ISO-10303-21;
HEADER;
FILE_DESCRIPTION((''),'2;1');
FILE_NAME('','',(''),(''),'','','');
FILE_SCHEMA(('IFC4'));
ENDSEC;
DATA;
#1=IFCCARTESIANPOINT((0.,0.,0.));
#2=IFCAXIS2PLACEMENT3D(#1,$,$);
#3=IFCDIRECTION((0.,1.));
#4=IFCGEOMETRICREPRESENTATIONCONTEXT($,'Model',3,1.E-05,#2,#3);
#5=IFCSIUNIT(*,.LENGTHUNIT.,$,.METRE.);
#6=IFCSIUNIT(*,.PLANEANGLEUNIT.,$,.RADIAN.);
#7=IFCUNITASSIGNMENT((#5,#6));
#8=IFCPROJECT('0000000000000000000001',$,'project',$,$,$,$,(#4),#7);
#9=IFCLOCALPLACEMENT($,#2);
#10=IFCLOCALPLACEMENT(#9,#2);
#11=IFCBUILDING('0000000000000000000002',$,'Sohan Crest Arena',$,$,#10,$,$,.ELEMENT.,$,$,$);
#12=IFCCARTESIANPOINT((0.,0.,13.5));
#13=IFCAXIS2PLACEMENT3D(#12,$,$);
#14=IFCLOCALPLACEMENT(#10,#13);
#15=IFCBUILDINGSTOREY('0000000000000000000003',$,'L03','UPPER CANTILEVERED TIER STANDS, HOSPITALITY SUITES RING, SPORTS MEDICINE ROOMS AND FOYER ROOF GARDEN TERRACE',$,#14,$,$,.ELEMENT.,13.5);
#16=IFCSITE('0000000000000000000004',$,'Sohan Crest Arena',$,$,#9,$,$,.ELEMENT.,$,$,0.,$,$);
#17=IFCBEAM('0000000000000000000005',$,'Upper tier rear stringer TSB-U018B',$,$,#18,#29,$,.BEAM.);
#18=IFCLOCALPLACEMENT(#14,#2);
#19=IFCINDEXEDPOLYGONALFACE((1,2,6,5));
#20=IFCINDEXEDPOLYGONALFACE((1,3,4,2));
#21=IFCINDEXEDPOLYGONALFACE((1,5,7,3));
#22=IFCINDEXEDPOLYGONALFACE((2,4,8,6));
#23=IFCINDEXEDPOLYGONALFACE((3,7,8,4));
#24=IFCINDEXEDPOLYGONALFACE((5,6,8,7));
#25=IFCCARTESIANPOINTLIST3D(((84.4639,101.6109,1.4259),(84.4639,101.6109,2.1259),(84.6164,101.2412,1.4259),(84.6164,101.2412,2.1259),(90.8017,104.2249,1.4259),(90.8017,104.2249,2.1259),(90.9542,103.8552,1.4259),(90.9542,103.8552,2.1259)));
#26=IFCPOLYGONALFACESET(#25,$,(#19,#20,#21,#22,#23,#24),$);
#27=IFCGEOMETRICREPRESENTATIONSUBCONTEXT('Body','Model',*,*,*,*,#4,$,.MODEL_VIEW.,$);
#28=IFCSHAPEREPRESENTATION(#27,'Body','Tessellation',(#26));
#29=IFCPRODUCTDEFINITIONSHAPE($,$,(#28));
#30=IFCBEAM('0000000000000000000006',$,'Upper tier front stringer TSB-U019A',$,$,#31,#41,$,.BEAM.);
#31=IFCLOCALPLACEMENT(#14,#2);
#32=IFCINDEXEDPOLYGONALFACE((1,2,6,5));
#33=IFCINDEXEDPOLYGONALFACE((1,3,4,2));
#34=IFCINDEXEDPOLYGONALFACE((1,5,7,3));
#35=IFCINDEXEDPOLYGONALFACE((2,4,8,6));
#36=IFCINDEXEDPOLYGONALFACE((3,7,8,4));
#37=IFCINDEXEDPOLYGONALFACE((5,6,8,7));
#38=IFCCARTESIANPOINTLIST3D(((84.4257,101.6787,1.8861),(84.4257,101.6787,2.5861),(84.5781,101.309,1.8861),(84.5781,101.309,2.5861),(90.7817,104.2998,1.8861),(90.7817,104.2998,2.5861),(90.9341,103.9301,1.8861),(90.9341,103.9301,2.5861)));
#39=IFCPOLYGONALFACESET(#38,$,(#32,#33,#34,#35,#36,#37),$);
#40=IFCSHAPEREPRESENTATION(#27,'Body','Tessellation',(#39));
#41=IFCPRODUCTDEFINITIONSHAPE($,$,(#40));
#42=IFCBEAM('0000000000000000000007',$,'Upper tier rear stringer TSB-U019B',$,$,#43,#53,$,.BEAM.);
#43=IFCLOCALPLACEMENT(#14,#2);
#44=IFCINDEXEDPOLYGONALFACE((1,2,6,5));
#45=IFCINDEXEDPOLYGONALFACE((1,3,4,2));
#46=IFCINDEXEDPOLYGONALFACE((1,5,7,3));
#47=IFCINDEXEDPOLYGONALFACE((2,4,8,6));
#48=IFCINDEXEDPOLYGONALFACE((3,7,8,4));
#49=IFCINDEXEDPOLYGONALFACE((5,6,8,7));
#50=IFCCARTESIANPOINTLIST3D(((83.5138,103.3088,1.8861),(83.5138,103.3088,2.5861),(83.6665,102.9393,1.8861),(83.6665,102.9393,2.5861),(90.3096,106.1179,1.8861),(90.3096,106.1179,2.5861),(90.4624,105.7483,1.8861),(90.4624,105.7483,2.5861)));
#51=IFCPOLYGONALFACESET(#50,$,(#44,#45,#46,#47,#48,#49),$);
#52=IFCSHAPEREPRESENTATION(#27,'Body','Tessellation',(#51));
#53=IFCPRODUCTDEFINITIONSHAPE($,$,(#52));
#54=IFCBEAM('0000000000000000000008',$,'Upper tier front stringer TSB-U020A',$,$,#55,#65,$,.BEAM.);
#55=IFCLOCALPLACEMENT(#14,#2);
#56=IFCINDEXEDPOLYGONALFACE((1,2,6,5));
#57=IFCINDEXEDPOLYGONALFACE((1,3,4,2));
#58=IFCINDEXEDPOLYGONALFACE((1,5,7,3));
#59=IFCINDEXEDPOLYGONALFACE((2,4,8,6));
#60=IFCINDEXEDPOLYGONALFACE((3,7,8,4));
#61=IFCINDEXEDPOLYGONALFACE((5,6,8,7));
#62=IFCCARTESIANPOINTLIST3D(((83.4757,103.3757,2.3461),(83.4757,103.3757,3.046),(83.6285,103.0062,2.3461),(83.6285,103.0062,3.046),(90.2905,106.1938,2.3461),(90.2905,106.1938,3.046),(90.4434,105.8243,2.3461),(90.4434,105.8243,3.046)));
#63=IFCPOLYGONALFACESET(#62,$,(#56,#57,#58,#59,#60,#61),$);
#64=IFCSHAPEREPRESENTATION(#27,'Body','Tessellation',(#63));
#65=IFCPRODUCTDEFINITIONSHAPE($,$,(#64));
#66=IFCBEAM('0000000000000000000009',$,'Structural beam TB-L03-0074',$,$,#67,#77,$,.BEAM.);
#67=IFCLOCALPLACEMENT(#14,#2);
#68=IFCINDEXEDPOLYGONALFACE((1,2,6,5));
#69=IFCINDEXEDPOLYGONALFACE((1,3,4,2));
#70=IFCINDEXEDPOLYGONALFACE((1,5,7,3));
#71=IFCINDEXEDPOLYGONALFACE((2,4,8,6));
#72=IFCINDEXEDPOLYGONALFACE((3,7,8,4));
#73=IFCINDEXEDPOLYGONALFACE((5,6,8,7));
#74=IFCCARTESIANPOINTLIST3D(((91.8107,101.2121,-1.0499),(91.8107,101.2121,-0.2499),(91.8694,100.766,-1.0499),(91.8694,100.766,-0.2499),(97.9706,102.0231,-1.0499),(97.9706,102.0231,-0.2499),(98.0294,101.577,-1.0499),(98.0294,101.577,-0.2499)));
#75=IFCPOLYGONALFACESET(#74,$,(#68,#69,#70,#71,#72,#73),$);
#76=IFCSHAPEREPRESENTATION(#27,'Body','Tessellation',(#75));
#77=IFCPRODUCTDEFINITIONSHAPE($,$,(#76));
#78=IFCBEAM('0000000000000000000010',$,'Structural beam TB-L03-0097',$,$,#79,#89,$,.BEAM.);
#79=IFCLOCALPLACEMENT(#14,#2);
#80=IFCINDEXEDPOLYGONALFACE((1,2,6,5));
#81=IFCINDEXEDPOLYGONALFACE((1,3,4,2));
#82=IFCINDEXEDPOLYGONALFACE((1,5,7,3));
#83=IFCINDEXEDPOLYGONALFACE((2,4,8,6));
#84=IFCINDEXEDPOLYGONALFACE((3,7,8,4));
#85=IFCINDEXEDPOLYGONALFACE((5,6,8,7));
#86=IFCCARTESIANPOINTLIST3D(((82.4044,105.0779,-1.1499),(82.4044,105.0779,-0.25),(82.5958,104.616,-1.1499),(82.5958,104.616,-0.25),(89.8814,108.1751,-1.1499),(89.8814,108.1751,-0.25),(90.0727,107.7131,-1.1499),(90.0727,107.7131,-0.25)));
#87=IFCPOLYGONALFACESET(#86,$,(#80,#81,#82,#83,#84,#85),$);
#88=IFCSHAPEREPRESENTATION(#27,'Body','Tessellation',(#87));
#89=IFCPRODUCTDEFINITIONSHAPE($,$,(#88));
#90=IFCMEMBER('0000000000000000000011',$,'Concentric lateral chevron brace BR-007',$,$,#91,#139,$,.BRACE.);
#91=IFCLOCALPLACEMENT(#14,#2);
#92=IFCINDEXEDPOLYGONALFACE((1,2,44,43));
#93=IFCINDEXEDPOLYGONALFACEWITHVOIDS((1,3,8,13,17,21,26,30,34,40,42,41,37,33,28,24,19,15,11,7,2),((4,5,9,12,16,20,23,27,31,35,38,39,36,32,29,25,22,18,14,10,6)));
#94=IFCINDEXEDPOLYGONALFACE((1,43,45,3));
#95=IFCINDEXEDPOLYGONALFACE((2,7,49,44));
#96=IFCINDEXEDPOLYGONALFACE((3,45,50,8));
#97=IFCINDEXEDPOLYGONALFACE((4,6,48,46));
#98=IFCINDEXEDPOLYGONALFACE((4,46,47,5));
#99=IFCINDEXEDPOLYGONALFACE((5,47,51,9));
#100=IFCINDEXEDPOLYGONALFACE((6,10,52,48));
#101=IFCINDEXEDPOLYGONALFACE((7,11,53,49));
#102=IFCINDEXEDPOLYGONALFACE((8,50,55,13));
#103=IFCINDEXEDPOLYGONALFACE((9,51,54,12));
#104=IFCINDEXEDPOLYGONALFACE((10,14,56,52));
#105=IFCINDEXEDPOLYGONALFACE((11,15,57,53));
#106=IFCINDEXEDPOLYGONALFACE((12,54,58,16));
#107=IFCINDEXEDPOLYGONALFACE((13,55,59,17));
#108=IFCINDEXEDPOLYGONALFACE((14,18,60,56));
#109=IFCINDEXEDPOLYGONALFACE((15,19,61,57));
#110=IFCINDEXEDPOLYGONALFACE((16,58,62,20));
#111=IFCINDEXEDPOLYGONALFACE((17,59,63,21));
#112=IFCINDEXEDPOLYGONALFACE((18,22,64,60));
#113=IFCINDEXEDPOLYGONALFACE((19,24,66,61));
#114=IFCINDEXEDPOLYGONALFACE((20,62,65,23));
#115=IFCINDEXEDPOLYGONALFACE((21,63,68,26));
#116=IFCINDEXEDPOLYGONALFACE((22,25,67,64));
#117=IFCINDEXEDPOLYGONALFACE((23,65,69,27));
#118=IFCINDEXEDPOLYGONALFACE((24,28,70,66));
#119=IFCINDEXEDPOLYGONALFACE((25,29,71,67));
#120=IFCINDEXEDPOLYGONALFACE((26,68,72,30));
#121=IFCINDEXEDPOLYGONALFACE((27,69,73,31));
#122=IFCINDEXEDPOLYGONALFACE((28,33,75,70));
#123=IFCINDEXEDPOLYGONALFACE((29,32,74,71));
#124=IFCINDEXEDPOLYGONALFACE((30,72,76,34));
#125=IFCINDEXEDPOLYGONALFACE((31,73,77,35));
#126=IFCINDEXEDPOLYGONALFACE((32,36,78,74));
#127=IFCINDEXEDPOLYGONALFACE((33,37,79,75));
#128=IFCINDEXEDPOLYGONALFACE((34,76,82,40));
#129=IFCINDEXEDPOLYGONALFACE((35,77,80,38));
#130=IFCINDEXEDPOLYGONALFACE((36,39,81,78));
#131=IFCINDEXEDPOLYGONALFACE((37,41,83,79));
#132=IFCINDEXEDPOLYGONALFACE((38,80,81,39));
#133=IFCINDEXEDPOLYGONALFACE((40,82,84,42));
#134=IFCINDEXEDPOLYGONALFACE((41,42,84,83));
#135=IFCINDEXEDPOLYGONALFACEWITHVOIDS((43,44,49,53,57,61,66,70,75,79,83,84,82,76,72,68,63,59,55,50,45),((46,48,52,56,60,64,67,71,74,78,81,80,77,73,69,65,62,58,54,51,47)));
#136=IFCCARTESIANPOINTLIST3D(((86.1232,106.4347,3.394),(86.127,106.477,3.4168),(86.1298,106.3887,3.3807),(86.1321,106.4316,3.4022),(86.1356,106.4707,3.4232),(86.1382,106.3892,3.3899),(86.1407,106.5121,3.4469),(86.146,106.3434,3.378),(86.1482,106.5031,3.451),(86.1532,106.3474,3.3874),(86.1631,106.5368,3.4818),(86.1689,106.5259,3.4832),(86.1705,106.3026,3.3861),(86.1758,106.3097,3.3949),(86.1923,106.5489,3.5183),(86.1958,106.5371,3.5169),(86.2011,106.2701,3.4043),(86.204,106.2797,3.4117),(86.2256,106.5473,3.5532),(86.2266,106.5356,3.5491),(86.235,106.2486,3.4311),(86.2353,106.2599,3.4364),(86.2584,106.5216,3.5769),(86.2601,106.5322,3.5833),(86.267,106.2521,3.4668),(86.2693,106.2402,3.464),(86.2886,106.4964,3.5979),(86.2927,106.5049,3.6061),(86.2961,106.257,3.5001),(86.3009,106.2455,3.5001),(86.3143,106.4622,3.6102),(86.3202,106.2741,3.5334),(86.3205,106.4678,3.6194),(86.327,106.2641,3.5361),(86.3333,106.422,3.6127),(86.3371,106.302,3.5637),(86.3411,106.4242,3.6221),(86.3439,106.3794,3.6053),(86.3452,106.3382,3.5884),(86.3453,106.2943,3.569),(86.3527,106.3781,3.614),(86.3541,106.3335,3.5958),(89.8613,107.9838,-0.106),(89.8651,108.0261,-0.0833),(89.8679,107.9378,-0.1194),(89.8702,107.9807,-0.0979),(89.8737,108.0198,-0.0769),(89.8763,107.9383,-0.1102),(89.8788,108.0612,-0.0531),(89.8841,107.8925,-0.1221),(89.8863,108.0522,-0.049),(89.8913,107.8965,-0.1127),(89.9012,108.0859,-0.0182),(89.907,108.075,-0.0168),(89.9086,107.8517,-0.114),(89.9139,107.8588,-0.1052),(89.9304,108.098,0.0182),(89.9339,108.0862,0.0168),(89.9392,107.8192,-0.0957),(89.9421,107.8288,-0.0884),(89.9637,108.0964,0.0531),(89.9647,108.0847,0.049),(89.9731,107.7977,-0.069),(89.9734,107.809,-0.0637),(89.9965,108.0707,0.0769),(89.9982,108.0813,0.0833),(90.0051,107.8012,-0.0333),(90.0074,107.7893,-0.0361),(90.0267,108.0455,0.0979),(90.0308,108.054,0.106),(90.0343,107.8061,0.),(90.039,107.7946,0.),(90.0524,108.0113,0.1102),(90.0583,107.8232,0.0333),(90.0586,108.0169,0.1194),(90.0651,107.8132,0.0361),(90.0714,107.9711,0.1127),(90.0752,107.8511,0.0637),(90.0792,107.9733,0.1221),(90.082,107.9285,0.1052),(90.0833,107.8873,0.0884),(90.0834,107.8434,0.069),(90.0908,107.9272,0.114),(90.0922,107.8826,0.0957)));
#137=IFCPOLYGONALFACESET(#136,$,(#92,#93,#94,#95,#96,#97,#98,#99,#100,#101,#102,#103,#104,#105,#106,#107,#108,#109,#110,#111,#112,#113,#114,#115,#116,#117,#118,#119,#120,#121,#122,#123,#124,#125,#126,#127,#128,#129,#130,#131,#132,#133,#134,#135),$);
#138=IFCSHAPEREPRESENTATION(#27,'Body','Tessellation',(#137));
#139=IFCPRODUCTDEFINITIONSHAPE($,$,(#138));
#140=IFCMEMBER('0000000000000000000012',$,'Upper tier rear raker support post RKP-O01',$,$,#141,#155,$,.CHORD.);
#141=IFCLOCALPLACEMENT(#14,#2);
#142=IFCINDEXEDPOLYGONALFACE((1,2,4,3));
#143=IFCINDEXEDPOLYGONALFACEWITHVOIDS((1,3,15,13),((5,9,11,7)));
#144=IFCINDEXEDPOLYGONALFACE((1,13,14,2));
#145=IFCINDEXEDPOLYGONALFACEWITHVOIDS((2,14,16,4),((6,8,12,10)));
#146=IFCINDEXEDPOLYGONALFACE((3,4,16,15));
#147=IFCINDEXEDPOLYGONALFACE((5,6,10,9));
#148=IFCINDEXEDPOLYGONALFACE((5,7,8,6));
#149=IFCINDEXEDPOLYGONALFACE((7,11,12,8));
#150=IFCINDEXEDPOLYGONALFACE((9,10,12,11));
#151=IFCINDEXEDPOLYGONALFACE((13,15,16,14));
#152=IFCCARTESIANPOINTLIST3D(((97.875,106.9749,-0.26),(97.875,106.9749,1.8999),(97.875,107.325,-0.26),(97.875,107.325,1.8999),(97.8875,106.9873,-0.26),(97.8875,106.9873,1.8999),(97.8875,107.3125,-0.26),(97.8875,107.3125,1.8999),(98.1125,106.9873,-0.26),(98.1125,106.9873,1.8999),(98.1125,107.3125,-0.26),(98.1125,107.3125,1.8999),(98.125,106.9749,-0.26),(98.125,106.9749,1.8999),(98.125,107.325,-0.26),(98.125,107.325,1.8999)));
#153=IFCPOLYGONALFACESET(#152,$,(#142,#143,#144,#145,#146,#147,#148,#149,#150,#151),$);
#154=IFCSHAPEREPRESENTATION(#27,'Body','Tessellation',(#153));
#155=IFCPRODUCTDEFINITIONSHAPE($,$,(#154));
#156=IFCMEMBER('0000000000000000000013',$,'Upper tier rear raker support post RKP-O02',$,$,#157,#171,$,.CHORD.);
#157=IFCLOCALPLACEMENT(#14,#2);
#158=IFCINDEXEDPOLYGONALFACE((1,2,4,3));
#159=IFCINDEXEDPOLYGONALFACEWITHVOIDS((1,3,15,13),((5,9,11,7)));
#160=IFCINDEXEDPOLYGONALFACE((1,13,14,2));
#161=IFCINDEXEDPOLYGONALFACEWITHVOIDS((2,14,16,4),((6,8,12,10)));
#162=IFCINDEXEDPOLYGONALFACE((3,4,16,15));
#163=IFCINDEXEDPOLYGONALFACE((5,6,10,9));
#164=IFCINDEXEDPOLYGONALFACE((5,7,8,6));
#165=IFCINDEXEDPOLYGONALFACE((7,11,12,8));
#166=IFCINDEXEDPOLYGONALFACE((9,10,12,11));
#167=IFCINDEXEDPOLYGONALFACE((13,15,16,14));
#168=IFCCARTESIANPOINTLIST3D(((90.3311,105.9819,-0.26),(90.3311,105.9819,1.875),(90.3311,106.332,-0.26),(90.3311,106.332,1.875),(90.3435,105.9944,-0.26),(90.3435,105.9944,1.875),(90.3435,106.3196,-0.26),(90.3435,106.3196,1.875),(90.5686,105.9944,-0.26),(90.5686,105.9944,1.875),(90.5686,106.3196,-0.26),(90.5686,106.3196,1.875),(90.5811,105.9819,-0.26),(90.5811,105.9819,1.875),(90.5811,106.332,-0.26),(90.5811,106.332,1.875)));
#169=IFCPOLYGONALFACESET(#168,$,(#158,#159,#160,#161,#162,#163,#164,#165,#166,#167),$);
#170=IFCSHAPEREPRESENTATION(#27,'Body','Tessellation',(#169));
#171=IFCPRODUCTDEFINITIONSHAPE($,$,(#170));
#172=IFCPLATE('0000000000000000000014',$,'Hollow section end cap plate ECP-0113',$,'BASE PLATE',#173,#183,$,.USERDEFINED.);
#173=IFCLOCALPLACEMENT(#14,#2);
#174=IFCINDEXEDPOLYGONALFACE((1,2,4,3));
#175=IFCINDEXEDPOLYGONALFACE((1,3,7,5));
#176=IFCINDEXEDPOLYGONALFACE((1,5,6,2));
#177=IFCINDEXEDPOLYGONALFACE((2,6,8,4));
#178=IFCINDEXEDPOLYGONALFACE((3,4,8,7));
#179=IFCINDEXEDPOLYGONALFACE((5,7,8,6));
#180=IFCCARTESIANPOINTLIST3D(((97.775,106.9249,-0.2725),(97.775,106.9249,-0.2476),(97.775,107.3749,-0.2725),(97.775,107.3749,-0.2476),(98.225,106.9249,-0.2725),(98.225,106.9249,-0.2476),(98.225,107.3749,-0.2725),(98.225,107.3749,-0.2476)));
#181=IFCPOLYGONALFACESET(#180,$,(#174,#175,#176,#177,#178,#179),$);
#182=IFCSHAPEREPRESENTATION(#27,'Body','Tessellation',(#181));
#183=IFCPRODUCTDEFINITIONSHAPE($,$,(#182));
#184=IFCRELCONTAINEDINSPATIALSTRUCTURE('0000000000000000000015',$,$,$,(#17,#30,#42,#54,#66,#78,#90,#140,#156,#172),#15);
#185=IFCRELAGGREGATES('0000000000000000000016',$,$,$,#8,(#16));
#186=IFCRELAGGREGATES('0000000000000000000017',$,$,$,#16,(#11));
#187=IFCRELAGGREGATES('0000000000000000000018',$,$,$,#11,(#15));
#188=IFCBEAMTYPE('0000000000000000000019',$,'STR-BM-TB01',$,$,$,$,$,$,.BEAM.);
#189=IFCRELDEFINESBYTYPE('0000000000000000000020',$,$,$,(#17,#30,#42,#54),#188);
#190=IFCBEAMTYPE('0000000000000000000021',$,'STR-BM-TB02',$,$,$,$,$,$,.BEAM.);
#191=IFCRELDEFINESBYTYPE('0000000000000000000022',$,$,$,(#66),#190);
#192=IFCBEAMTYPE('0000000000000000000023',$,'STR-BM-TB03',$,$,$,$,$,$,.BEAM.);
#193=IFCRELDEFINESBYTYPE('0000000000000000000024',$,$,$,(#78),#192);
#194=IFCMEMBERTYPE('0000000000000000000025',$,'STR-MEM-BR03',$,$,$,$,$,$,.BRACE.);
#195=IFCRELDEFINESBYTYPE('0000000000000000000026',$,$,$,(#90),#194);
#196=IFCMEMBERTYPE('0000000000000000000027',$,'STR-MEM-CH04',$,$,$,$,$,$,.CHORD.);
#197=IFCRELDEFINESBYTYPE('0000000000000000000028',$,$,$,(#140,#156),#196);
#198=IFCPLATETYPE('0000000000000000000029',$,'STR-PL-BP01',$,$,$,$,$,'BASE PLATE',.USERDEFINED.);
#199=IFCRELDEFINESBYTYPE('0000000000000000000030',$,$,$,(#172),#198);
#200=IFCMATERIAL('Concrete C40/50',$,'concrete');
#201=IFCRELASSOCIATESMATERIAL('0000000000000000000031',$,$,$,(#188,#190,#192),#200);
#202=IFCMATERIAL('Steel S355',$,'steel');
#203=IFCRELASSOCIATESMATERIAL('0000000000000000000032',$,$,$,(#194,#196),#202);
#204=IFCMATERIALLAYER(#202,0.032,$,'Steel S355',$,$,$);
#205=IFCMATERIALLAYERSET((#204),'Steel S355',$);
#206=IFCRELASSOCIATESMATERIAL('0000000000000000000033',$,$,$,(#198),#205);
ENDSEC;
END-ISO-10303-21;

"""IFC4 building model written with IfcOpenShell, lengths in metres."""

from ifc_helpers import new_model, si_unit, direction, frame, origin, origin_2d, place, context, subcontext, project, spatial, rectangle, hollow_rectangle, hollow_circle, extrude, material, layer, layer_set, material_profile, profile_set, type_object, element, save


model = new_model("IFC4")

# Units and contexts
model_context = context("Model", 3, precision=1e-05, world=origin(), true_north=direction((0.0, 1.0)))
body_context = subcontext(model_context, "Body", "Model", "MODEL_VIEW")
ifc_project = project(units=[si_unit("LENGTHUNIT", "METRE"), si_unit("PLANEANGLEUNIT", "RADIAN")], contexts=[model_context])

# Site, building, storey
site_placement = place(None, origin())
site = spatial("IfcSite", under=ifc_project, at=site_placement, Name="Sohan Crest Arena", CompositionType="ELEMENT", RefElevation=0.0)
building_placement = place(site_placement, origin())
building = spatial("IfcBuilding", under=site, at=building_placement, Name="Sohan Crest Arena", CompositionType="ELEMENT")
storey_placement = place(building_placement, frame((0.0, 0.0, 13.5)))
storey = spatial("IfcBuildingStorey", under=building, at=storey_placement, Name="L03", Description="UPPER CANTILEVERED TIER STANDS, HOSPITALITY SUITES RING, SPORTS MEDICINE ROOMS AND FOYER ROOF GARDEN TERRACE", CompositionType="ELEMENT", Elevation=13.5)

# Shared definitions
ifc_material_1 = material(Name="Concrete C40/50", Category="concrete")

# Beams
ifc_material_2 = material(Name="Steel S355", Category="steel")
ifc_material_profile_1 = material_profile(ifc_material_1, rectangle(XDim=0.3999, YDim=0.7, at=origin_2d()), Name="RC-BM 400x700")
ifc_profile_set_1 = profile_set([ifc_material_profile_1], Name="Concrete C40/50")
beam_type_1 = type_object("IfcBeamType", Name="STR-BM-TB01", PredefinedType="BEAM", material=ifc_profile_set_1)
beam_1_placement = place(storey_placement, frame((90.8779, 104.04, 1.7759), z_axis=(-0.924457, -0.381285, 0.0), x_axis=(0.381285, -0.924457, 0.0)))
element("IfcBeam", 1, at=beam_1_placement, inside=storey, type_object=beam_type_1, Name="Upper tier rear stringer TSB-U018B", PredefinedType="BEAM", context=body_context, shape_type="SweptSolid", body=[
    extrude(rectangle(XDim=0.3999, YDim=0.7, at=origin_2d()), origin(), (0.0, 0.0, 1.0), 6.8557),
])
beam_2_placement = place(storey_placement, frame((90.8579, 104.115, 2.2361), z_axis=(-0.924476, -0.381239, 0.0), x_axis=(0.381239, -0.924476, 0.0)))
element("IfcBeam", 2, at=beam_2_placement, inside=storey, type_object=beam_type_1, Name="Upper tier front stringer TSB-U019A", PredefinedType="BEAM", context=body_context, shape_type="SweptSolid", body=[
    extrude(rectangle(XDim=0.3999, YDim=0.7, at=origin_2d()), origin(), (0.0, 0.0, 1.0), 6.8752),
])
beam_3_placement = place(storey_placement, frame((90.386, 105.9331, 2.2361), z_axis=(-0.924162, -0.382002, 0.0), x_axis=(0.382002, -0.924162, 0.0)))
element("IfcBeam", 3, at=beam_3_placement, inside=storey, type_object=beam_type_1, Name="Upper tier rear stringer TSB-U019B", PredefinedType="BEAM", context=body_context, shape_type="SweptSolid", body=[
    extrude(rectangle(XDim=0.3999, YDim=0.7, at=origin_2d()), origin(), (0.0, 0.0, 1.0), 7.3535),
])
beam_4_placement = place(storey_placement, frame((90.3669, 106.009, 2.696), z_axis=(-0.924106, -0.382136, 0.0), x_axis=(0.382136, -0.924106, 0.0)))
element("IfcBeam", 4, at=beam_4_placement, inside=storey, type_object=beam_type_1, Name="Upper tier front stringer TSB-U020A", PredefinedType="BEAM", context=body_context, shape_type="SweptSolid", body=[
    extrude(rectangle(XDim=0.3999, YDim=0.7, at=origin_2d()), origin(), (0.0, 0.0, 1.0), 7.3745),
])
ifc_material_profile_2 = material_profile(ifc_material_1, rectangle(XDim=0.45, YDim=0.8, at=origin_2d()), Name="RC-BM 450x800")
ifc_profile_set_2 = profile_set([ifc_material_profile_2], Name="Concrete C40/50")
beam_type_2 = type_object("IfcBeamType", Name="STR-BM-TB02", PredefinedType="BEAM", material=ifc_profile_set_2)
beam_5_placement = place(storey_placement, frame((98.0, 101.8, -0.6499), z_axis=(-0.991443, -0.130537, 0.0), x_axis=(0.130537, -0.991443, 0.0)))
element("IfcBeam", 5, at=beam_5_placement, inside=storey, type_object=beam_type_2, Name="Structural beam TB-L03-0074", PredefinedType="BEAM", context=body_context, shape_type="SweptSolid", body=[
    extrude(rectangle(XDim=0.45, YDim=0.8, at=origin_2d()), origin(), (0.0, 0.0, 1.0), 6.2131),
])
ifc_material_profile_3 = material_profile(ifc_material_1, rectangle(XDim=0.5, YDim=0.8999, at=origin_2d()), Name="RC-BM 500x900")
ifc_profile_set_3 = profile_set([ifc_material_profile_3], Name="Concrete C40/50")
beam_type_3 = type_object("IfcBeamType", Name="STR-BM-TB03", PredefinedType="BEAM", material=ifc_profile_set_3)
beam_6_placement = place(storey_placement, frame((89.9771, 107.9441, -0.7), z_axis=(-0.923876, -0.382691, 0.0), x_axis=(0.382691, -0.923876, 0.0)))
element("IfcBeam", 6, at=beam_6_placement, inside=storey, type_object=beam_type_3, Name="Structural beam TB-L03-0097", PredefinedType="BEAM", context=body_context, shape_type="SweptSolid", body=[
    extrude(rectangle(XDim=0.5, YDim=0.8999, at=origin_2d()), origin(), (0.0, 0.0, 1.0), 8.093),
])

# Members
ifc_material_profile_4 = material_profile(ifc_material_2, hollow_circle(Radius=0.1619, WallThickness=0.0125, at=origin_2d()), Name="CHS 323.9x12.5")
ifc_profile_set_4 = profile_set([ifc_material_profile_4], Name="Steel S355")
member_type_1 = type_object("IfcMemberType", Name="STR-MEM-BR03", PredefinedType="BRACE", material=ifc_profile_set_4)
member_1_placement = place(storey_placement, frame((89.9771, 107.9441, 0.0), z_axis=(-0.698698, -0.289546, 0.654205), x_axis=(0.382837, -0.923816, 0.0)))
element("IfcMember", 7, at=member_1_placement, inside=storey, type_object=member_type_1, Name="Concentric lateral chevron brace BR-007", PredefinedType="BRACE", context=body_context, shape_type="SweptSolid", body=[
    extrude(hollow_circle(Radius=0.1619, WallThickness=0.0125, at=origin_2d()), origin(), (0.0, 0.0, 1.0), 5.3501),
])
ifc_material_profile_5 = material_profile(ifc_material_2, hollow_rectangle(XDim=0.25, YDim=0.3501, WallThickness=0.0125, at=origin_2d()), Name="RHS 350x250x12.5")
ifc_profile_set_5 = profile_set([ifc_material_profile_5], Name="Steel S355")
member_type_2 = type_object("IfcMemberType", Name="STR-MEM-CH04", PredefinedType="CHORD", material=ifc_profile_set_5)
member_2_placement = place(storey_placement, frame((98.0, 107.1499, -0.26), z_axis=(0.0, 0.0, 1.0), x_axis=(1.0, 0.0, 0.0)))
element("IfcMember", 8, at=member_2_placement, inside=storey, type_object=member_type_2, Name="Upper tier rear raker support post RKP-O01", PredefinedType="CHORD", context=body_context, shape_type="SweptSolid", body=[
    extrude(hollow_rectangle(XDim=0.25, YDim=0.3501, WallThickness=0.0125, at=origin_2d()), origin(), (0.0, 0.0, 1.0), 2.1599),
])
member_3_placement = place(storey_placement, frame((90.4561, 106.157, -0.26), z_axis=(0.0, 0.0, 1.0), x_axis=(1.0, 0.0, 0.0)))
element("IfcMember", 9, at=member_3_placement, inside=storey, type_object=member_type_2, Name="Upper tier rear raker support post RKP-O02", PredefinedType="CHORD", context=body_context, shape_type="SweptSolid", body=[
    extrude(hollow_rectangle(XDim=0.25, YDim=0.3501, WallThickness=0.0125, at=origin_2d()), origin(), (0.0, 0.0, 1.0), 2.135),
])

# Plate
ifc_layer_1 = layer(ifc_material_2, 0.032, Name="Steel S355")
ifc_layer_set_1 = layer_set([ifc_layer_1], Name="Steel S355")
plate_type = type_object("IfcPlateType", Name="STR-PL-BP01", ElementType="BASE PLATE", PredefinedType="USERDEFINED", material=ifc_layer_set_1)
for number, where, z_axis, x_axis, name in (
    (10, (98.0, 107.1499, -0.2725), (0.0, 0.0, 1.0), (1.0, 0.0, 0.0), "Hollow section end cap plate ECP-0113"),
):
    element("IfcPlate", number, at=place(storey_placement, frame(where, z_axis=z_axis, x_axis=x_axis)), inside=storey, type_object=plate_type, Name=name, ObjectType="BASE PLATE", PredefinedType="USERDEFINED", context=body_context, shape_type="SweptSolid", body=[
        extrude(rectangle(XDim=0.45, YDim=0.45, at=origin_2d()), origin(), (0.0, 0.0, 1.0), 0.0249),
    ])

save(model, "model.ifc")
